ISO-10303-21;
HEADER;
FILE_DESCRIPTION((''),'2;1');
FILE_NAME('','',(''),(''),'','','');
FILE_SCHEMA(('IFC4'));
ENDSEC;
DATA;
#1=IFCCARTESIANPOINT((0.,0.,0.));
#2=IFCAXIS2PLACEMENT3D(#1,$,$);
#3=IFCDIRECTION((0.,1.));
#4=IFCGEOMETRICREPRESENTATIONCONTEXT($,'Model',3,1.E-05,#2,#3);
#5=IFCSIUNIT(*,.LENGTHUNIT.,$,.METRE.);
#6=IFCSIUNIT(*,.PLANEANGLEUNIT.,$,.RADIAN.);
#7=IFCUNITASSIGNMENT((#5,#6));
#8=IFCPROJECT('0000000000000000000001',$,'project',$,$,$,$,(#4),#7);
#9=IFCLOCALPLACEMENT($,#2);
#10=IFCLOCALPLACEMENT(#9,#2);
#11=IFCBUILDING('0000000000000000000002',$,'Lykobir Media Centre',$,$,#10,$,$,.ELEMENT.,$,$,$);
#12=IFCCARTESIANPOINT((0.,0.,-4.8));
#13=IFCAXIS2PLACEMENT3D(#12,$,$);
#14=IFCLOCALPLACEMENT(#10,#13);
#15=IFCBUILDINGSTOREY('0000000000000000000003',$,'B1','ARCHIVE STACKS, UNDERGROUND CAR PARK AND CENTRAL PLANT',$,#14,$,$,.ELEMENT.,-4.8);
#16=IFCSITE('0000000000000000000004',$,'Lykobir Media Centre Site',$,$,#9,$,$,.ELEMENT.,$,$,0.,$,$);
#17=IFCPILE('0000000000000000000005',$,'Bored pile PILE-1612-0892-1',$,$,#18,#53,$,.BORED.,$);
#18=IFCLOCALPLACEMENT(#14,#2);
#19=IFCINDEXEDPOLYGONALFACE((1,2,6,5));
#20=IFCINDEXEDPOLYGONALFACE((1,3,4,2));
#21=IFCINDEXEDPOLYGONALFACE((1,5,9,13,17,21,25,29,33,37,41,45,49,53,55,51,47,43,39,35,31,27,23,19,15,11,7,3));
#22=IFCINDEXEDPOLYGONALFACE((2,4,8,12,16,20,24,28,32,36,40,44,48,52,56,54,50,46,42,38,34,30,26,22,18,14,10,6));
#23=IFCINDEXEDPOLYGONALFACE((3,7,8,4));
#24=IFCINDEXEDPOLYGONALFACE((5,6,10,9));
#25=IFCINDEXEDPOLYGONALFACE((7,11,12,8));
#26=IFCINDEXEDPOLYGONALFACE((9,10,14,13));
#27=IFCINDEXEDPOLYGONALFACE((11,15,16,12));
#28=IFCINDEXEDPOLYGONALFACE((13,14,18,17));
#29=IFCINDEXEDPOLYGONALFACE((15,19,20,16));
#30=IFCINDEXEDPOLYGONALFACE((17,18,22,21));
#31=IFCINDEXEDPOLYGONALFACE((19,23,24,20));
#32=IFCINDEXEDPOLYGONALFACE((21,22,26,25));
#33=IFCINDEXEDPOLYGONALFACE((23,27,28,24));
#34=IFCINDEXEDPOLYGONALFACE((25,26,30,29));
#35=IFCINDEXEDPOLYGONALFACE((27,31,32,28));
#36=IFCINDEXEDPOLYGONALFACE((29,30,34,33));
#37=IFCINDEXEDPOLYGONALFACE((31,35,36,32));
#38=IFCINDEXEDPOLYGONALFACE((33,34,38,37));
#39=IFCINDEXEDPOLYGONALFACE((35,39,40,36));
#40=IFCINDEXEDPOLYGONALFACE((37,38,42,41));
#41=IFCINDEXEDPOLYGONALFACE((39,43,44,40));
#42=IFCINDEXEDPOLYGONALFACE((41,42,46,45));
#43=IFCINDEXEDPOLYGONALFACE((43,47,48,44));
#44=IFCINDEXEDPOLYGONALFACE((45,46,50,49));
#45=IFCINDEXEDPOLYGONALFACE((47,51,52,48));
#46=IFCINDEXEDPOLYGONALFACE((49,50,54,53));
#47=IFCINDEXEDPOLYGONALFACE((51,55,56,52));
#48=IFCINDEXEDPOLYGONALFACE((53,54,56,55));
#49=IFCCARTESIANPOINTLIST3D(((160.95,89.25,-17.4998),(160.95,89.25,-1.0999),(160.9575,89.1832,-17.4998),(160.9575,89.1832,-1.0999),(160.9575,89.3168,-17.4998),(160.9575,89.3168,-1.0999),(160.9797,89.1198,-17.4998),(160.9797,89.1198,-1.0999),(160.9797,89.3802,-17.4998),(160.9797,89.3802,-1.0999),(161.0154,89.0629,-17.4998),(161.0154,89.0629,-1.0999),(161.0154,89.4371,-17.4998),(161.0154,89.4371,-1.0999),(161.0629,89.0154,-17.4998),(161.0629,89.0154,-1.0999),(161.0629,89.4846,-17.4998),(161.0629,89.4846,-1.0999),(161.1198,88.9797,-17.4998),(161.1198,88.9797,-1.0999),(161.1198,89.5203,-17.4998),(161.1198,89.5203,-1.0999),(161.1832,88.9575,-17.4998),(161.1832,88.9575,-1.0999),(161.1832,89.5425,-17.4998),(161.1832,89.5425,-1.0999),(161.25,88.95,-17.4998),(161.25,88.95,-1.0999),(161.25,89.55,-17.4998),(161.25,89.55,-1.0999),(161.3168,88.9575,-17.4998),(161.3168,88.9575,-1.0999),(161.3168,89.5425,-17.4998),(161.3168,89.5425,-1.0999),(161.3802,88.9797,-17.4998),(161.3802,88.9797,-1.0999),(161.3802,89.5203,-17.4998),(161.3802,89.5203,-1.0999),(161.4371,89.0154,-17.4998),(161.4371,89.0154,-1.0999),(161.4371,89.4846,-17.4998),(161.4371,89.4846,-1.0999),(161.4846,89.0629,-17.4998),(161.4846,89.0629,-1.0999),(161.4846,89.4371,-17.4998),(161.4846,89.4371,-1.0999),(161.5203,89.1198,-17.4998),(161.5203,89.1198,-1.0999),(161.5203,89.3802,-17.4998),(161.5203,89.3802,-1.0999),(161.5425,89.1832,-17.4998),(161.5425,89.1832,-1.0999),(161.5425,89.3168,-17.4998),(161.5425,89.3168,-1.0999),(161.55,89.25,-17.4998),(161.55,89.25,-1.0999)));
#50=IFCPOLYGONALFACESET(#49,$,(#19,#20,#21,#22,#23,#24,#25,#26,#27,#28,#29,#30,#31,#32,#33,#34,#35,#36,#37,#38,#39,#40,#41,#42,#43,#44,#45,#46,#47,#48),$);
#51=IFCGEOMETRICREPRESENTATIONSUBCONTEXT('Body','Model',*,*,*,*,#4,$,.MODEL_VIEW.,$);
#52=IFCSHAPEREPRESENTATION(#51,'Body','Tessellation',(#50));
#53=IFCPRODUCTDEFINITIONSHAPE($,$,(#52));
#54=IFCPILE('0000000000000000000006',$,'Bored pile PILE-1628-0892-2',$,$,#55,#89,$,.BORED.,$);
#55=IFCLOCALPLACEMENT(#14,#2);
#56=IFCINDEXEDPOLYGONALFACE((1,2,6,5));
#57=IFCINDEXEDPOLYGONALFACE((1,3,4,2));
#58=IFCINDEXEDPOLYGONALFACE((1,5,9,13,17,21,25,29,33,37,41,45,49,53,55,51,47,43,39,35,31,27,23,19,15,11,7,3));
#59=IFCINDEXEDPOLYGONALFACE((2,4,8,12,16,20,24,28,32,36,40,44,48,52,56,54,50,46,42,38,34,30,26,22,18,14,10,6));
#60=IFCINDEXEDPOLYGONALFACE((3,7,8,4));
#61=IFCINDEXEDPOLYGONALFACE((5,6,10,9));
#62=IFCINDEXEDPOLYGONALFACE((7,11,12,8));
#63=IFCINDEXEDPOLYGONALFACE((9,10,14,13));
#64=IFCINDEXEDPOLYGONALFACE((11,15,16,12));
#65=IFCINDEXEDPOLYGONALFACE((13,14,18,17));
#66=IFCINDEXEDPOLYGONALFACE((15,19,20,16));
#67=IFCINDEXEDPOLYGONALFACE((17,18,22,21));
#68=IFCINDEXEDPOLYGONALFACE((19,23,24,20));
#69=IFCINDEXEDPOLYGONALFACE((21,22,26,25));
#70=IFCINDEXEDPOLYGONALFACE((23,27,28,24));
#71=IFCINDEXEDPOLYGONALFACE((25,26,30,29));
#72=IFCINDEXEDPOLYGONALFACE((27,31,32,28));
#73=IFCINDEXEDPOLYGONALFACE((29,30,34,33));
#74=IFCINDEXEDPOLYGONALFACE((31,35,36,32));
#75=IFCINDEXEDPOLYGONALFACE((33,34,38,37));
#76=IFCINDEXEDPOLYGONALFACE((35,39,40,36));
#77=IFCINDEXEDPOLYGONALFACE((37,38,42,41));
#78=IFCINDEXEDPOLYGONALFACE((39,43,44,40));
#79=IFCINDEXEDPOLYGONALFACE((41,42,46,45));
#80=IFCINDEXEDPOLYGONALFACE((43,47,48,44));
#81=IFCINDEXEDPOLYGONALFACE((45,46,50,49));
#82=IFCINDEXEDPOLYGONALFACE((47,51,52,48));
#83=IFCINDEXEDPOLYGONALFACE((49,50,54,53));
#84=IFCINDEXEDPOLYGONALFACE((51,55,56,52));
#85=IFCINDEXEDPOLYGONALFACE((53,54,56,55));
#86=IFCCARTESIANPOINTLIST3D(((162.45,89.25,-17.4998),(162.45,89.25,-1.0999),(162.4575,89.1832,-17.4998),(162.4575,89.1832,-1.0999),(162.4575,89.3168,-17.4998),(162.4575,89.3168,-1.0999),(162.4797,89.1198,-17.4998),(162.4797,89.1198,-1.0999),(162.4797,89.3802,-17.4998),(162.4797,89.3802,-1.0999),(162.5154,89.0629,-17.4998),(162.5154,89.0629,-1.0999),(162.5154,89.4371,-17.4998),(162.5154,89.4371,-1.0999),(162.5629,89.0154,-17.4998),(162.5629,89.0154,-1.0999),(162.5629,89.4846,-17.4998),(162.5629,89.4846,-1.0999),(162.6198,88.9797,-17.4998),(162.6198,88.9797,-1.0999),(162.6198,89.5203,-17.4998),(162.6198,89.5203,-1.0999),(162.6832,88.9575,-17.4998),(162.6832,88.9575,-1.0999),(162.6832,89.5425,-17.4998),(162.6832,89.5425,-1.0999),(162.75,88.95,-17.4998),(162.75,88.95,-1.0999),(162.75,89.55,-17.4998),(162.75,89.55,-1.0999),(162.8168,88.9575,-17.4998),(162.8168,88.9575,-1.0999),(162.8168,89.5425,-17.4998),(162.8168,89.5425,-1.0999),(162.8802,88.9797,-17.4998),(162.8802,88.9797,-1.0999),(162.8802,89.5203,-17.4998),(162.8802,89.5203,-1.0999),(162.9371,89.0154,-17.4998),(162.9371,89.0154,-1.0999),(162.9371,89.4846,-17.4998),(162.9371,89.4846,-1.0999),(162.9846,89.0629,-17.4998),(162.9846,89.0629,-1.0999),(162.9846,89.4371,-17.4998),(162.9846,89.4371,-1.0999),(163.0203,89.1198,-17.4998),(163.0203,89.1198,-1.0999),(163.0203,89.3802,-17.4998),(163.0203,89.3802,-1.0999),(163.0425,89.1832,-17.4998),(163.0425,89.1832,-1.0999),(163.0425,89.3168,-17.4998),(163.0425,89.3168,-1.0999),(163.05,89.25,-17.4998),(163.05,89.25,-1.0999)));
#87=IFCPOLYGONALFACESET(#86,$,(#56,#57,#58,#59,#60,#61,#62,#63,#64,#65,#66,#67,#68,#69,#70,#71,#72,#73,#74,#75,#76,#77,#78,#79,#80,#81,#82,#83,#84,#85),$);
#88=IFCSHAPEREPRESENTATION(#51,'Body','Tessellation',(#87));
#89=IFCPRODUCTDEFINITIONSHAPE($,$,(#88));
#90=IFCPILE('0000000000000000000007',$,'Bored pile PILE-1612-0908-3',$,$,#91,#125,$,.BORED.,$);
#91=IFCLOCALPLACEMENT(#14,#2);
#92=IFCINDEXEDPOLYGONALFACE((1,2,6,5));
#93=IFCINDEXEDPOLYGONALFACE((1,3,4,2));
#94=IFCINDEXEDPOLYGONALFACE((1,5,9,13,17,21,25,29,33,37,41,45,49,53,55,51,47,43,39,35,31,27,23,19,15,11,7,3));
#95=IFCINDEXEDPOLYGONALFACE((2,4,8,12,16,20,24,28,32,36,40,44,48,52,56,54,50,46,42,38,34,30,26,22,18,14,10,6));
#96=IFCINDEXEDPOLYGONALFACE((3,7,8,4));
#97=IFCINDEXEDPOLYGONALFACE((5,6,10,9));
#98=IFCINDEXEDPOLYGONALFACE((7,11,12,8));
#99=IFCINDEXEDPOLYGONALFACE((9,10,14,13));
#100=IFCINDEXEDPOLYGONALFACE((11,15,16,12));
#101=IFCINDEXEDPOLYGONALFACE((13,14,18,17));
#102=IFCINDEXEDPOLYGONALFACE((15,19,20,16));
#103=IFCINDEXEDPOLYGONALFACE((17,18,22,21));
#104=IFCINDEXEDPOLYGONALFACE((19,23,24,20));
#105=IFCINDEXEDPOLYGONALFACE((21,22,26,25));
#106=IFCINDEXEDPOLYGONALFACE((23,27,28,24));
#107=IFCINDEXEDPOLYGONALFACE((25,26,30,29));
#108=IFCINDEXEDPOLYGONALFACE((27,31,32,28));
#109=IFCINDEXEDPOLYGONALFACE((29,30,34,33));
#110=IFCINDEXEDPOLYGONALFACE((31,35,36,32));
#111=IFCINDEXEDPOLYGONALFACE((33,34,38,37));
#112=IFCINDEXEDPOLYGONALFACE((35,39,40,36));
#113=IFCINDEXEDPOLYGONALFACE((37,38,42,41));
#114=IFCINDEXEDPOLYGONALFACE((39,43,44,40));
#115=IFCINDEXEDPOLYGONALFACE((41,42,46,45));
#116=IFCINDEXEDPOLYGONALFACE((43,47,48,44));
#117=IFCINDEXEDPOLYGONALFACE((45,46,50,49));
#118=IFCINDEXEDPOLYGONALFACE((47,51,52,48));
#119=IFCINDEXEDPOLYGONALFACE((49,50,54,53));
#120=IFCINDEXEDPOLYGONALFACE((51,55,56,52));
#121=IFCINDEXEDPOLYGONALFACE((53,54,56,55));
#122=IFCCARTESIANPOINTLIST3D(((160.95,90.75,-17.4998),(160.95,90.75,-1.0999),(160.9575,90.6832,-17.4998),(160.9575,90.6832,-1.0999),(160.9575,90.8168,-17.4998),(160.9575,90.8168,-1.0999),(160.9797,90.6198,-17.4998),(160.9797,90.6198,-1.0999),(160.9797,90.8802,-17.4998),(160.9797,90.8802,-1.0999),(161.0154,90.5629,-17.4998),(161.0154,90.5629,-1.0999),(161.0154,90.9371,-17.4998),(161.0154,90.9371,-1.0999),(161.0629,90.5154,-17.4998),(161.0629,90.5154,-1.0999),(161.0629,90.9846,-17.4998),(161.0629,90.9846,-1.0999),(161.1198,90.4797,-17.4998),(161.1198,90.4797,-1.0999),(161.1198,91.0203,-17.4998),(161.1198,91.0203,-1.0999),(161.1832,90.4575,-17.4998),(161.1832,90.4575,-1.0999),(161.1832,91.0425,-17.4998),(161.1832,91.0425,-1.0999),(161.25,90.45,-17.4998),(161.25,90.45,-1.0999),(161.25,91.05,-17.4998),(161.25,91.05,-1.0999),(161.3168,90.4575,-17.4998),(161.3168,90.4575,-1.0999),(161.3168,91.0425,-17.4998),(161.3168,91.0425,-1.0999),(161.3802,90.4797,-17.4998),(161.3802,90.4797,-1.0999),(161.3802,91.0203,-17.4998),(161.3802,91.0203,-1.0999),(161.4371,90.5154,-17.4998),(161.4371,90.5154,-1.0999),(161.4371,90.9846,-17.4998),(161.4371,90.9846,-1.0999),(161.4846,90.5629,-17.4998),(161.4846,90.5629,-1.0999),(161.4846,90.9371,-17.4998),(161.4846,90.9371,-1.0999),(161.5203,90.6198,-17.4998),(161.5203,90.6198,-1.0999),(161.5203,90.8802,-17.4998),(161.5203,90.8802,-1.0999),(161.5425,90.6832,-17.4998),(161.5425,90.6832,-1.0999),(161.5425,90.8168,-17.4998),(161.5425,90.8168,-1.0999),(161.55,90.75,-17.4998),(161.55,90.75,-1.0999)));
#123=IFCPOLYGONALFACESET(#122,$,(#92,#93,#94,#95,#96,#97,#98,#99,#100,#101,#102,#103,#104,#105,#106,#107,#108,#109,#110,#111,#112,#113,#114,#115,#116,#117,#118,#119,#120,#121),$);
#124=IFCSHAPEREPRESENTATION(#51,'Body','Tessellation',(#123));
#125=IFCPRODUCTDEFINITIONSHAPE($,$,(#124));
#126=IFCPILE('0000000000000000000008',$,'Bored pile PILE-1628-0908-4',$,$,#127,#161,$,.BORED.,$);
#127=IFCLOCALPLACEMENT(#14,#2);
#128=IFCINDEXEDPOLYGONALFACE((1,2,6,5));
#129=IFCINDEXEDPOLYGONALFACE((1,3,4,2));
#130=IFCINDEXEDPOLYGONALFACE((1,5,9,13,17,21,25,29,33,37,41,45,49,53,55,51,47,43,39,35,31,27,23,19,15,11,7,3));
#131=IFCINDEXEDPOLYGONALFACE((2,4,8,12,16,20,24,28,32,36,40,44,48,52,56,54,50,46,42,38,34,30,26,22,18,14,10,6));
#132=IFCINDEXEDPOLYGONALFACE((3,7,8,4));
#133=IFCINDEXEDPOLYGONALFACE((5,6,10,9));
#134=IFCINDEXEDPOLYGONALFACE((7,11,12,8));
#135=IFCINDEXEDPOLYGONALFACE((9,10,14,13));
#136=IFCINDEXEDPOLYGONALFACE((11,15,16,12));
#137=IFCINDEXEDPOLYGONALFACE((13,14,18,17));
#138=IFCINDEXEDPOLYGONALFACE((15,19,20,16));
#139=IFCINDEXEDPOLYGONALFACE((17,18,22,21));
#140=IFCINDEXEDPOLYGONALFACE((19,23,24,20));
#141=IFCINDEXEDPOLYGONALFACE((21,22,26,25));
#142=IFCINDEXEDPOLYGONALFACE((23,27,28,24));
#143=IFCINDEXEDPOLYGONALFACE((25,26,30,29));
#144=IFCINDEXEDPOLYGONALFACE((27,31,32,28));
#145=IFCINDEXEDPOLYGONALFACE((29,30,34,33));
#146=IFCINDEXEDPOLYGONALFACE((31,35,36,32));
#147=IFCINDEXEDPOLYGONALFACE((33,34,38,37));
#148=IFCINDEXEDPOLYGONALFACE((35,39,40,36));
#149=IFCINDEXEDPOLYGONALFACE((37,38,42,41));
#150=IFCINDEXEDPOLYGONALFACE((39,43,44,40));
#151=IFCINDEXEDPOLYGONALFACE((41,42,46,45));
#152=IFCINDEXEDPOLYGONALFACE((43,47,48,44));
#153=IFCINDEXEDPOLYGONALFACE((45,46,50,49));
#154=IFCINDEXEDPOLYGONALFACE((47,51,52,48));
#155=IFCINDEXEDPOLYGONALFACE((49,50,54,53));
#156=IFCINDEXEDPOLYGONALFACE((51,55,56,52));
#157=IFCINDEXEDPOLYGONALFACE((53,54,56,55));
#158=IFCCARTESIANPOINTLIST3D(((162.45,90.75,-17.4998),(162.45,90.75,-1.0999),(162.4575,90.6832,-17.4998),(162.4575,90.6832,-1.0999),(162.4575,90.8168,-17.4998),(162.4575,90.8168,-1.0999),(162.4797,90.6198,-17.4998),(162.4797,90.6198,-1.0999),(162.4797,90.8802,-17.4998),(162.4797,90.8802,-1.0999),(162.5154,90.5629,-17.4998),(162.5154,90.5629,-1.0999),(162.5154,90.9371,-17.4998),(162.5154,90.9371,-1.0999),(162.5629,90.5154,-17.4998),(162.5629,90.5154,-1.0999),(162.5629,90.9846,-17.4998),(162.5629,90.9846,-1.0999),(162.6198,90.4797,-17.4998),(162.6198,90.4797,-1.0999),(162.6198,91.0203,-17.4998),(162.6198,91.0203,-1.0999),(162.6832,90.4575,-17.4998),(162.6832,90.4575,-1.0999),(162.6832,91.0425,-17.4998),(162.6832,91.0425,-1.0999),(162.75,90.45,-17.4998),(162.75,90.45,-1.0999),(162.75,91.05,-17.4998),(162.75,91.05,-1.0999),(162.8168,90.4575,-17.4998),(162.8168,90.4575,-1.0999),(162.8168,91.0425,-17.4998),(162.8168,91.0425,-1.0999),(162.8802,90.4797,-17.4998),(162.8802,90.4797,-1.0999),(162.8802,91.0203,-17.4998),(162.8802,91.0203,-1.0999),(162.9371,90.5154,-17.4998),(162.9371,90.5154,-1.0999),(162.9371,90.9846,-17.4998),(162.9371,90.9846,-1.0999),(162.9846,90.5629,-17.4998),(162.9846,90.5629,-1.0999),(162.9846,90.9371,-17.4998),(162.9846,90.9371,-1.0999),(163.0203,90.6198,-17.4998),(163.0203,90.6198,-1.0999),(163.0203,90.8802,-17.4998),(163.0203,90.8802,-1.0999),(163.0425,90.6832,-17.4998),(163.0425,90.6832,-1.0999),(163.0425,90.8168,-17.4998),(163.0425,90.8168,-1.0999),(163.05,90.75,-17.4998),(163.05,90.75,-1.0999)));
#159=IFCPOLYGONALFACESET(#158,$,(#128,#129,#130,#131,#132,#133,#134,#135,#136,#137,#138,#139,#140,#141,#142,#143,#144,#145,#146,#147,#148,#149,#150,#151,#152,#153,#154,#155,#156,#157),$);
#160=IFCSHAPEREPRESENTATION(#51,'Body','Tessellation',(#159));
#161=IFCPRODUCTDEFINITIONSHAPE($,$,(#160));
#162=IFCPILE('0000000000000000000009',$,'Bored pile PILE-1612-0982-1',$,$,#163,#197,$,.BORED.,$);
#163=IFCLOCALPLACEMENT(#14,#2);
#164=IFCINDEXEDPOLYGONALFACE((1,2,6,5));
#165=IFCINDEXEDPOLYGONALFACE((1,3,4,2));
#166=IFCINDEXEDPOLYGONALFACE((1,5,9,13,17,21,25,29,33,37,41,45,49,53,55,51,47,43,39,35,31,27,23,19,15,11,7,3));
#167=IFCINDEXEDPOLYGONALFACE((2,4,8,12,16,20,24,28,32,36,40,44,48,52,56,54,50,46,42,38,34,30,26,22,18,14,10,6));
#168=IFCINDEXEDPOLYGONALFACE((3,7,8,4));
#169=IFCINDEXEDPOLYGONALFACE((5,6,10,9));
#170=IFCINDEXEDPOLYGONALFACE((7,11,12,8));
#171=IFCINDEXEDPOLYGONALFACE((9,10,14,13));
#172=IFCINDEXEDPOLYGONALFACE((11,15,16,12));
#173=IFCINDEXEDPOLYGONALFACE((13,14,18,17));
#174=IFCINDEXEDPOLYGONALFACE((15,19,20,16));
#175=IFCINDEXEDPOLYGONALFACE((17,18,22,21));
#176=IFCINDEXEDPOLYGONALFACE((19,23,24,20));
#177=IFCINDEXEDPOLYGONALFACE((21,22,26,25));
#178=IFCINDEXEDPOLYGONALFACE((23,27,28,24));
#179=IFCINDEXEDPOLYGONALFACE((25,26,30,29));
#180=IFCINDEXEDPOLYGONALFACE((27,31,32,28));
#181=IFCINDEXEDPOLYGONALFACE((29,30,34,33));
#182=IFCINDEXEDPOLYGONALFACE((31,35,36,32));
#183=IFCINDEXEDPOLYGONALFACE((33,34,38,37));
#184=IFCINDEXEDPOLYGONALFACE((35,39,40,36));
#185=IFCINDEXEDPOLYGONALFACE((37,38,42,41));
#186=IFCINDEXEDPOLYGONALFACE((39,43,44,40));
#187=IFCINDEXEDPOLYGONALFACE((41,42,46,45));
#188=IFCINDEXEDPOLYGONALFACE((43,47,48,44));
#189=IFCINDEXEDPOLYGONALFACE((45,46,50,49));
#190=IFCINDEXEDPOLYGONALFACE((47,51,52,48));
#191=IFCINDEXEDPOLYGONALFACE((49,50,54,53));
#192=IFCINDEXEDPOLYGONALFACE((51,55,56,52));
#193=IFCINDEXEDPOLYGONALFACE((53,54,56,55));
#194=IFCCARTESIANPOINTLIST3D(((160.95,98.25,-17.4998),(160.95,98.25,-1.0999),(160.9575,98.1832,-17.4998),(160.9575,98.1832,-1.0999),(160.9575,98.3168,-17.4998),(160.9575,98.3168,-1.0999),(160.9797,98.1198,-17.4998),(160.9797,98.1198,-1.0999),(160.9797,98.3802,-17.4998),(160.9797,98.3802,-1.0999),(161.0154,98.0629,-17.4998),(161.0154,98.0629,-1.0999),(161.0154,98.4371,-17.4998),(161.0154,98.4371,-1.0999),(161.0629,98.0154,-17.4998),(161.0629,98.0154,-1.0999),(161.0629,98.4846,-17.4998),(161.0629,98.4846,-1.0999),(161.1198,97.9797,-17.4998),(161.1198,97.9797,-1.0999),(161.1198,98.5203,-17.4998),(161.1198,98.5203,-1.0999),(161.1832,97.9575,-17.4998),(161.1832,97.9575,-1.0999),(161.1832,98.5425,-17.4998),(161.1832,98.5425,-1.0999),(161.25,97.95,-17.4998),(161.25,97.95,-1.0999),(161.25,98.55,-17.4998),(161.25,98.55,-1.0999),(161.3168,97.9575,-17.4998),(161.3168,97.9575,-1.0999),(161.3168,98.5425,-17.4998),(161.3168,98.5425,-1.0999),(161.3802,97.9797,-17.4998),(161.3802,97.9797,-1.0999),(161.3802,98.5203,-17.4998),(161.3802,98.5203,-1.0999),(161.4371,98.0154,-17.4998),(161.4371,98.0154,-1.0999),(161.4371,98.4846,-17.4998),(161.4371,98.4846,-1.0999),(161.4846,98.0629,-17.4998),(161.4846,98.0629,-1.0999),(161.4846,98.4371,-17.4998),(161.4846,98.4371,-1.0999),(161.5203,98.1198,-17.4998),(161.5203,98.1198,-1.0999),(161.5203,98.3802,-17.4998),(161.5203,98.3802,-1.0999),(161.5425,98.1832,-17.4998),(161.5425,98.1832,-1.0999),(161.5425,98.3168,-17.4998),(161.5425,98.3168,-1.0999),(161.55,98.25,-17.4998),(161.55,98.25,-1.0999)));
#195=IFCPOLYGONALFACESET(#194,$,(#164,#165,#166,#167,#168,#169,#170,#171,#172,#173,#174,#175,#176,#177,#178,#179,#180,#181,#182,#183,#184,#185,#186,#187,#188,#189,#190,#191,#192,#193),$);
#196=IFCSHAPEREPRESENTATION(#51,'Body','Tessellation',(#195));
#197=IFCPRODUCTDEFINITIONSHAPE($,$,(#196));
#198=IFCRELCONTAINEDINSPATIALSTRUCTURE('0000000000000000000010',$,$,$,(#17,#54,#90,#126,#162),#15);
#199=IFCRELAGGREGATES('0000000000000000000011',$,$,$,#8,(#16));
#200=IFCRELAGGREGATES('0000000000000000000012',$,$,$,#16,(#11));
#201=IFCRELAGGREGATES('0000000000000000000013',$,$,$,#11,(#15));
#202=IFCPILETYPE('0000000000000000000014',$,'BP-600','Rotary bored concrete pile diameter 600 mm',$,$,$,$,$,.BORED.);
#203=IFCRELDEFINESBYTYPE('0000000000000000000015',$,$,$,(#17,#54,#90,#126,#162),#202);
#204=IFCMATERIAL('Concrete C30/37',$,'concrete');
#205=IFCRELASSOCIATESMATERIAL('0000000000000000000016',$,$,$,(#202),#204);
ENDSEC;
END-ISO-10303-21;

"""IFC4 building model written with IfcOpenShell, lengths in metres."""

from ifc_helpers import new_model, si_unit, direction, frame, origin, origin_2d, place, context, subcontext, project, spatial, circle, extrude, material, material_profile, profile_set, type_object, element, save


model = new_model("IFC4")

# Units and contexts
model_context = context("Model", 3, precision=1e-05, world=origin(), true_north=direction((0.0, 1.0)))
body_context = subcontext(model_context, "Body", "Model", "MODEL_VIEW")
ifc_project = project(units=[si_unit("LENGTHUNIT", "METRE"), si_unit("PLANEANGLEUNIT", "RADIAN")], contexts=[model_context])

# Site, building, storey
site_placement = place(None, origin())
site = spatial("IfcSite", under=ifc_project, at=site_placement, Name="Lykobir Media Centre Site", CompositionType="ELEMENT", RefElevation=0.0)
building_placement = place(site_placement, origin())
building = spatial("IfcBuilding", under=site, at=building_placement, Name="Lykobir Media Centre", CompositionType="ELEMENT")
storey_placement = place(building_placement, frame((0.0, 0.0, -4.8)))
storey = spatial("IfcBuildingStorey", under=building, at=storey_placement, Name="B1", Description="ARCHIVE STACKS, UNDERGROUND CAR PARK AND CENTRAL PLANT", CompositionType="ELEMENT", Elevation=-4.8)

# Piles
ifc_material_1 = material(Name="Concrete C30/37", Category="concrete")
ifc_material_profile_1 = material_profile(ifc_material_1, circle(Radius=0.3, at=origin_2d()), Name="BORED PILE D600")
ifc_profile_set_1 = profile_set([ifc_material_profile_1], Name="Concrete C30/37")
pile_type = type_object("IfcPileType", Name="BP-600", Description="Rotary bored concrete pile diameter 600 mm", PredefinedType="BORED", material=ifc_profile_set_1)
for number, where, z_axis, x_axis, name in (
    (1, (161.25, 89.25, -1.0999), (0.0, 0.0, -1.0), (1.0, 0.0, 0.0), "Bored pile PILE-1612-0892-1"),
    (2, (162.75, 89.25, -1.0999), (0.0, 0.0, -1.0), (1.0, 0.0, 0.0), "Bored pile PILE-1628-0892-2"),
    (3, (161.25, 90.75, -1.0999), (0.0, 0.0, -1.0), (1.0, 0.0, 0.0), "Bored pile PILE-1612-0908-3"),
    (4, (162.75, 90.75, -1.0999), (0.0, 0.0, -1.0), (1.0, 0.0, 0.0), "Bored pile PILE-1628-0908-4"),
    (5, (161.25, 98.25, -1.0999), (0.0, 0.0, -1.0), (1.0, 0.0, 0.0), "Bored pile PILE-1612-0982-1"),
):
    element("IfcPile", number, at=place(storey_placement, frame(where, z_axis=z_axis, x_axis=x_axis)), inside=storey, type_object=pile_type, Name=name, PredefinedType="BORED", context=body_context, shape_type="SweptSolid", body=[
        extrude(circle(Radius=0.3, at=origin_2d()), origin(), (0.0, 0.0, 1.0), 16.3999),
    ])

save(model, "model.ifc")
